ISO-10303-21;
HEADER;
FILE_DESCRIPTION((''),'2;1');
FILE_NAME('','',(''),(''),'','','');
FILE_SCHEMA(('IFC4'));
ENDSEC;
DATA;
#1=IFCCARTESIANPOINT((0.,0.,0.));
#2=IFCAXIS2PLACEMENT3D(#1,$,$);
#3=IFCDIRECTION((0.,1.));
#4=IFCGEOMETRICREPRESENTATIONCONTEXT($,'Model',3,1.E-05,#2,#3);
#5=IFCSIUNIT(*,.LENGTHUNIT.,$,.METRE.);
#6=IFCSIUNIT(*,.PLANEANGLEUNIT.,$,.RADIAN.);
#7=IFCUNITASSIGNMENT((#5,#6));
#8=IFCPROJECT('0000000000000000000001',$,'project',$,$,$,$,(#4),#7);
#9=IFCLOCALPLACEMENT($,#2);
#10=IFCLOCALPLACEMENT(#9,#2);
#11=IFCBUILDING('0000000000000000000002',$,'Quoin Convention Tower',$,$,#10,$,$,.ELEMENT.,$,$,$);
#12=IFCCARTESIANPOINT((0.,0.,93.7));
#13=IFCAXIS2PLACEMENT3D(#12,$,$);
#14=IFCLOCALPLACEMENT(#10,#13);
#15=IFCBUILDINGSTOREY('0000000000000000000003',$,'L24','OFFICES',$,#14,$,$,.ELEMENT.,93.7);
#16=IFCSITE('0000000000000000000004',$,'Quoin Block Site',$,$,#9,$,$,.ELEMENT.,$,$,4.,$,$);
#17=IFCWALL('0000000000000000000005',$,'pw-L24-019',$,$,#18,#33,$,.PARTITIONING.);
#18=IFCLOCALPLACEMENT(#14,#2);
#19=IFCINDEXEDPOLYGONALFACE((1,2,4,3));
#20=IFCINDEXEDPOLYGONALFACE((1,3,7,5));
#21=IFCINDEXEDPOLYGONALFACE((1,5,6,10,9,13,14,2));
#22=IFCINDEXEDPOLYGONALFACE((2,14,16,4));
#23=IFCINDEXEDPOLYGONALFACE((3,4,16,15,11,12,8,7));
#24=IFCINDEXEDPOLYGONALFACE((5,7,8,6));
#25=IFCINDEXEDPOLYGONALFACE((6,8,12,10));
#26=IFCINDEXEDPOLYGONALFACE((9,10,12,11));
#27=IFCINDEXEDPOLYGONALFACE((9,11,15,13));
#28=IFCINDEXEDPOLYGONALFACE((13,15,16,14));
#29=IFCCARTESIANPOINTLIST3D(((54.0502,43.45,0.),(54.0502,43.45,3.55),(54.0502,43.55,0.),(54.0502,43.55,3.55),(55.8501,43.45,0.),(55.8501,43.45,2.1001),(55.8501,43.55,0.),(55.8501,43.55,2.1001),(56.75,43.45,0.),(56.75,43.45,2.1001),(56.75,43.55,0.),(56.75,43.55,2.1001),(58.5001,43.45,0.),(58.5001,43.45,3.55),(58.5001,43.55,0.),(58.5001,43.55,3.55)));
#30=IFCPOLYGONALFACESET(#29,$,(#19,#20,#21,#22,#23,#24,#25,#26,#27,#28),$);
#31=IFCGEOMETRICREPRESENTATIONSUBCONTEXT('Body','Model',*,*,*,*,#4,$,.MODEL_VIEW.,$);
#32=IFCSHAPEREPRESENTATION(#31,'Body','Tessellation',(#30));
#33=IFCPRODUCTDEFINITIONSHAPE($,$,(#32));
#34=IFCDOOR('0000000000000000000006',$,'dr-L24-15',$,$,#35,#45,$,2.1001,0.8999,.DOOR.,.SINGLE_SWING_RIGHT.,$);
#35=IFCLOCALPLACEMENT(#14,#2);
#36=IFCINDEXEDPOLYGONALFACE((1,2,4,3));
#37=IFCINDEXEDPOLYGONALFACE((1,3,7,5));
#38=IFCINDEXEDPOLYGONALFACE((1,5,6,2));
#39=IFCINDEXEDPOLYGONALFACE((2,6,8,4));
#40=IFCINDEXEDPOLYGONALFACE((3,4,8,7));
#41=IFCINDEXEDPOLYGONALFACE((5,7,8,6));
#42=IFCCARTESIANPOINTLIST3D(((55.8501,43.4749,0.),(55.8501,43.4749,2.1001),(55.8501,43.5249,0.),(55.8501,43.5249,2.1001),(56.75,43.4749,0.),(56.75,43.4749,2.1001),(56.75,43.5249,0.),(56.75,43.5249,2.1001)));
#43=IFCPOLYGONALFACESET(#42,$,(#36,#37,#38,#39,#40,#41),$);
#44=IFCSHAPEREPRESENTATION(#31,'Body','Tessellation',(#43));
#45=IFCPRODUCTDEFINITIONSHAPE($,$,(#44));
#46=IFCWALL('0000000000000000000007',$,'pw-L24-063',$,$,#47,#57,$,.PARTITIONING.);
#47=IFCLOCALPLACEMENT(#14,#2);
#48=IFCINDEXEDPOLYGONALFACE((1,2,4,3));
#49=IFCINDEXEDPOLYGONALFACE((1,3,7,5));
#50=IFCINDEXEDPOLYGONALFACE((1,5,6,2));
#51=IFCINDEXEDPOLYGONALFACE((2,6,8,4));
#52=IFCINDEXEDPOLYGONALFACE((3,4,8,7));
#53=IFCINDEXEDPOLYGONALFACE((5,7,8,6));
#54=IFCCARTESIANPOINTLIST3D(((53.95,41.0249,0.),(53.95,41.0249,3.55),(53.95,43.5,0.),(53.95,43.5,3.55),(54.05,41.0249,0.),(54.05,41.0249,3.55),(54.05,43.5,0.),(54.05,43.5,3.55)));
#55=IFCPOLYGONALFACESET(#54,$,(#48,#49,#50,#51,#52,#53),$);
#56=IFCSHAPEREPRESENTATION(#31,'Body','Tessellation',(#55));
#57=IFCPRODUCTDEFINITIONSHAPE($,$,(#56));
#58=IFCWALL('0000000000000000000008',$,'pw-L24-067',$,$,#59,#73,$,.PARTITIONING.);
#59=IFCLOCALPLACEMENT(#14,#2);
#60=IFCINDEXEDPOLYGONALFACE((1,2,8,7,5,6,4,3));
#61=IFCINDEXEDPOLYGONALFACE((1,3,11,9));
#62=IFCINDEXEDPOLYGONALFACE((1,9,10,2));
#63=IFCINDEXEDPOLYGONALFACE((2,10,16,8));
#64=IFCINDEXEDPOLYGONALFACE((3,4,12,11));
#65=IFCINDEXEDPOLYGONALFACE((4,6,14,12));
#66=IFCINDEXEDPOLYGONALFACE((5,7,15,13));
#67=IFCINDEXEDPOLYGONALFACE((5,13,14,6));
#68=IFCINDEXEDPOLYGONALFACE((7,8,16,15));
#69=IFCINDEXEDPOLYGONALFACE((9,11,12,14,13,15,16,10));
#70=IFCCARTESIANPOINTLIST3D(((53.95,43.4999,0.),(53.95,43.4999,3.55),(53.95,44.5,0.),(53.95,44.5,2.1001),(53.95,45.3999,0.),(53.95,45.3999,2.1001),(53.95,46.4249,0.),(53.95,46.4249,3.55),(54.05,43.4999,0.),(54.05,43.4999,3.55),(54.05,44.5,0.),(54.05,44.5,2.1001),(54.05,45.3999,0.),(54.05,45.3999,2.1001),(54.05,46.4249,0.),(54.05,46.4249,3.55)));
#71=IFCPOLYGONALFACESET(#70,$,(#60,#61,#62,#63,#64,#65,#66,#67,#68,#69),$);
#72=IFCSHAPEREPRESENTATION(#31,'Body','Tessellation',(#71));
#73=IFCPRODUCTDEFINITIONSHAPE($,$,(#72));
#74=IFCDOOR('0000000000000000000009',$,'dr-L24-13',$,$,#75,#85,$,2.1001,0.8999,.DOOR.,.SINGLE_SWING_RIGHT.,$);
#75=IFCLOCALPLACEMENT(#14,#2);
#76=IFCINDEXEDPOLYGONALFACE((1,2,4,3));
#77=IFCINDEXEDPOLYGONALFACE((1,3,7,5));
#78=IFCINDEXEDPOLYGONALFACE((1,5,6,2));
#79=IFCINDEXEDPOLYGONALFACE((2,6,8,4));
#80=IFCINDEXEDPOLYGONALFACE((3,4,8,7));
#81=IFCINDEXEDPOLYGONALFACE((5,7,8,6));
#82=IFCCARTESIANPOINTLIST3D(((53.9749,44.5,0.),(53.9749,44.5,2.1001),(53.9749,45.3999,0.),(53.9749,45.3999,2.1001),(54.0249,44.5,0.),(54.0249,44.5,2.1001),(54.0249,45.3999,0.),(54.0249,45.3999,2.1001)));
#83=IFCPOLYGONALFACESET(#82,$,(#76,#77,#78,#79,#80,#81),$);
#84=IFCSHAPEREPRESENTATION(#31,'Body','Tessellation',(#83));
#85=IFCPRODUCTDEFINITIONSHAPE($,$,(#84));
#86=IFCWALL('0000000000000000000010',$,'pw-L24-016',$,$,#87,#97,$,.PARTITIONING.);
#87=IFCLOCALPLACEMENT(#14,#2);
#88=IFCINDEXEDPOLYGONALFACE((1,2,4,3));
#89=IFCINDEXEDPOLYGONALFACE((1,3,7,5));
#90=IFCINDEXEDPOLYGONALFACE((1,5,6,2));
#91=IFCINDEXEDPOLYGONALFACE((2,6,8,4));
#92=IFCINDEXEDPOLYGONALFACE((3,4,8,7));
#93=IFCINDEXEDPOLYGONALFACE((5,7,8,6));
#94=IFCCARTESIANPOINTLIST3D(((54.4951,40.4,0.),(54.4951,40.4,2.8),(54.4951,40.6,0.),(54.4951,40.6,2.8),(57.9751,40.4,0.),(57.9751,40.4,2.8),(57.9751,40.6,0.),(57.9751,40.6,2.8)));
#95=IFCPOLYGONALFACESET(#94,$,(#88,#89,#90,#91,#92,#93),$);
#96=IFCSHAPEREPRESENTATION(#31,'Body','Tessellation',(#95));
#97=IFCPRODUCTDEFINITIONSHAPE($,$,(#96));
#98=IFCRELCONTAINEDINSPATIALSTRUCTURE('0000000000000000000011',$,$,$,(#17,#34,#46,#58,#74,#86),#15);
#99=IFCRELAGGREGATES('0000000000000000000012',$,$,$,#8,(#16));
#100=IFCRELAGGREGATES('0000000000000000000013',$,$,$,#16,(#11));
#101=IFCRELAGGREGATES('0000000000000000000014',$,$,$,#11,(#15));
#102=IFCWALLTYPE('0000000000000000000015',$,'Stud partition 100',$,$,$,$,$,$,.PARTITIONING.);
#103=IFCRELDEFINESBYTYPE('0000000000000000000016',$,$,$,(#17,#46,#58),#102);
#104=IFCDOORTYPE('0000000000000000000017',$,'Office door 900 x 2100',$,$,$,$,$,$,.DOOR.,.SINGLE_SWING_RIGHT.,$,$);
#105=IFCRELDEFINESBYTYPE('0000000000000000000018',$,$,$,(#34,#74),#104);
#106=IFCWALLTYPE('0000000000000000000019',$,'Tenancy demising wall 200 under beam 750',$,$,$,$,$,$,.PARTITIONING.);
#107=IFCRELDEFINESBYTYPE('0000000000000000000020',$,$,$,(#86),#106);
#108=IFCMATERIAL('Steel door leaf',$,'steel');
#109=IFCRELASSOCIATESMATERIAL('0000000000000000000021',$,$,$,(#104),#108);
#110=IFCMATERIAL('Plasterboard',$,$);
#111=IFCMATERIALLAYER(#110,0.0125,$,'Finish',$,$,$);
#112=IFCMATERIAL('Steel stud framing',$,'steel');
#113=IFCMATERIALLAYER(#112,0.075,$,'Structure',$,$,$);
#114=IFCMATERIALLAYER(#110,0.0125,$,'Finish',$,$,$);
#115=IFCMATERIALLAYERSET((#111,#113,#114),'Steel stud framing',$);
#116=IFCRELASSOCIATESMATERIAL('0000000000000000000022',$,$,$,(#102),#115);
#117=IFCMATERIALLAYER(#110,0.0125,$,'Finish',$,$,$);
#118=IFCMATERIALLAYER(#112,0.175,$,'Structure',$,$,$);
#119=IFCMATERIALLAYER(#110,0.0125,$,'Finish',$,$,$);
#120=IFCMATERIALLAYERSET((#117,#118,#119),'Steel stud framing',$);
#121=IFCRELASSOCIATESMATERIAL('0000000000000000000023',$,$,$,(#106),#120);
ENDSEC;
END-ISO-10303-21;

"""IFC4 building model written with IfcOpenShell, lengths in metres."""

from ifc_helpers import new_model, si_unit, direction, frame, frame_2d, origin, place, context, subcontext, project, spatial, rectangle, extrude, material, layer, layer_set, type_object, element, fill, save


model = new_model("IFC4")

# Units and contexts
model_context = context("Model", 3, precision=1e-05, world=origin(), true_north=direction((0.0, 1.0)))
body_context = subcontext(model_context, "Body", "Model", "MODEL_VIEW")
ifc_project = project(units=[si_unit("LENGTHUNIT", "METRE"), si_unit("PLANEANGLEUNIT", "RADIAN")], contexts=[model_context])

# Site, building, storey
site_placement = place(None, origin())
site = spatial("IfcSite", under=ifc_project, at=site_placement, Name="Quoin Block Site", CompositionType="ELEMENT", RefElevation=4.0)
building_placement = place(site_placement, origin())
building = spatial("IfcBuilding", under=site, at=building_placement, Name="Quoin Convention Tower", CompositionType="ELEMENT")
storey_placement = place(building_placement, frame((0.0, 0.0, 93.7)))
storey = spatial("IfcBuildingStorey", under=building, at=storey_placement, Name="L24", Description="OFFICES", CompositionType="ELEMENT", Elevation=93.7)

# Shared definitions
ifc_material_1 = material(Name="Plasterboard")
ifc_material_2 = material(Name="Steel stud framing", Category="steel")
ifc_material_3 = material(Name="Steel door leaf", Category="steel")
door_type = type_object("IfcDoorType", Name="Office door 900 x 2100", OperationType="SINGLE_SWING_RIGHT", PredefinedType="DOOR", material=ifc_material_3)

# Wall, opening, door
ifc_layer_1 = layer(ifc_material_1, 0.0125, Name="Finish")
ifc_layer_2 = layer(ifc_material_2, 0.075, Name="Structure")
ifc_layer_3 = layer(ifc_material_1, 0.0125, Name="Finish")
ifc_layer_set_1 = layer_set([ifc_layer_1, ifc_layer_2, ifc_layer_3], Name="Steel stud framing")
wall_type_1 = type_object("IfcWallType", Name="Stud partition 100", PredefinedType="PARTITIONING", material=ifc_layer_set_1)
wall_1_placement = place(storey_placement, frame((54.05, 43.5, 0.0), z_axis=(0.0, 0.0, 1.0), x_axis=(1.0, 0.0, 0.0)))
wall_1 = element("IfcWall", 1, at=wall_1_placement, inside=storey, type_object=wall_type_1, Name="pw-L24-019", PredefinedType="PARTITIONING", context=body_context, shape_type="SweptSolid", body=[
    extrude(rectangle(XDim=4.45, YDim=0.1001, at=frame_2d((2.2251, 0.0))), origin(), (0.0, 0.0, 1.0), 3.55),
])
opening_1_placement = place(wall_1_placement, frame((1.8, 0.0, 0.0)))
opening_1 = element("IfcOpeningElement", 2, at=opening_1_placement, cuts=wall_1, PredefinedType="OPENING", context=body_context, shape_type="SweptSolid", body=[
    extrude(rectangle(XDim=0.8999, YDim=2.1001, at=frame_2d((0.45, 1.05))), frame((0.0, 0.0601, 0.0), z_axis=(0.0, -1.0, 0.0), x_axis=(1.0, 0.0, 0.0)), (0.0, 0.0, 1.0), 0.1201),
])
door_1_placement = place(opening_1_placement, origin())
door_1 = element("IfcDoor", 3, at=door_1_placement, inside=storey, type_object=door_type, Name="dr-L24-15", OperationType="SINGLE_SWING_RIGHT", OverallHeight=2.1001, OverallWidth=0.8999, PredefinedType="DOOR", context=body_context, shape_type="SweptSolid", body=[
    extrude(rectangle(XDim=0.8999, YDim=2.1001, at=frame_2d((0.45, 1.05))), frame((0.0, 0.0249, 0.0), z_axis=(0.0, -1.0, 0.0), x_axis=(1.0, 0.0, 0.0)), (0.0, 0.0, 1.0), 0.05),
])
fill(opening_1, door_1)

# Wall
wall_2_placement = place(storey_placement, frame((54.0, 41.0249, 0.0), z_axis=(0.0, 0.0, 1.0), x_axis=(0.0, 1.0, 0.0)))
element("IfcWall", 4, at=wall_2_placement, inside=storey, type_object=wall_type_1, Name="pw-L24-063", PredefinedType="PARTITIONING", context=body_context, shape_type="SweptSolid", body=[
    extrude(rectangle(XDim=2.4751, YDim=0.1001, at=frame_2d((1.2375, 0.0))), origin(), (0.0, 0.0, 1.0), 3.55),
])

# Wall, opening, door
wall_3_placement = place(storey_placement, frame((54.0, 43.5, 0.0), z_axis=(0.0, 0.0, 1.0), x_axis=(0.0, 1.0, 0.0)))
wall_3 = element("IfcWall", 5, at=wall_3_placement, inside=storey, type_object=wall_type_1, Name="pw-L24-067", PredefinedType="PARTITIONING", context=body_context, shape_type="SweptSolid", body=[
    extrude(rectangle(XDim=2.925, YDim=0.1001, at=frame_2d((1.4624, 0.0))), origin(), (0.0, 0.0, 1.0), 3.55),
])
opening_2_placement = place(wall_3_placement, frame((1.0, 0.0, 0.0)))
opening_2 = element("IfcOpeningElement", 6, at=opening_2_placement, cuts=wall_3, PredefinedType="OPENING", context=body_context, shape_type="SweptSolid", body=[
    extrude(rectangle(XDim=0.8999, YDim=2.1001, at=frame_2d((0.45, 1.05))), frame((0.0, 0.0601, 0.0), z_axis=(0.0, -1.0, 0.0), x_axis=(1.0, 0.0, 0.0)), (0.0, 0.0, 1.0), 0.1201),
])
door_2_placement = place(opening_2_placement, frame((0.8999, 0.0, 0.0), z_axis=(0.0, 0.0, 1.0), x_axis=(-1.0, 0.0, 0.0)))
door_2 = element("IfcDoor", 7, at=door_2_placement, inside=storey, type_object=door_type, Name="dr-L24-13", OperationType="SINGLE_SWING_RIGHT", OverallHeight=2.1001, OverallWidth=0.8999, PredefinedType="DOOR", context=body_context, shape_type="SweptSolid", body=[
    extrude(rectangle(XDim=0.8999, YDim=2.1001, at=frame_2d((0.45, 1.05))), frame((0.0, 0.0249, 0.0), z_axis=(0.0, -1.0, 0.0), x_axis=(1.0, 0.0, 0.0)), (0.0, 0.0, 1.0), 0.05),
])
fill(opening_2, door_2)

# Wall
ifc_layer_4 = layer(ifc_material_1, 0.0125, Name="Finish")
ifc_layer_5 = layer(ifc_material_2, 0.175, Name="Structure")
ifc_layer_6 = layer(ifc_material_1, 0.0125, Name="Finish")
ifc_layer_set_2 = layer_set([ifc_layer_4, ifc_layer_5, ifc_layer_6], Name="Steel stud framing")
wall_type_2 = type_object("IfcWallType", Name="Tenancy demising wall 200 under beam 750", PredefinedType="PARTITIONING", material=ifc_layer_set_2)
wall_4_placement = place(storey_placement, frame((54.4951, 40.5, 0.0), z_axis=(0.0, 0.0, 1.0), x_axis=(1.0, 0.0, 0.0)))
element("IfcWall", 8, at=wall_4_placement, inside=storey, type_object=wall_type_2, Name="pw-L24-016", PredefinedType="PARTITIONING", context=body_context, shape_type="SweptSolid", body=[
    extrude(rectangle(XDim=3.48, YDim=0.2, at=frame_2d((1.74, 0.0))), origin(), (0.0, 0.0, 1.0), 2.8),
])

save(model, "model.ifc")
